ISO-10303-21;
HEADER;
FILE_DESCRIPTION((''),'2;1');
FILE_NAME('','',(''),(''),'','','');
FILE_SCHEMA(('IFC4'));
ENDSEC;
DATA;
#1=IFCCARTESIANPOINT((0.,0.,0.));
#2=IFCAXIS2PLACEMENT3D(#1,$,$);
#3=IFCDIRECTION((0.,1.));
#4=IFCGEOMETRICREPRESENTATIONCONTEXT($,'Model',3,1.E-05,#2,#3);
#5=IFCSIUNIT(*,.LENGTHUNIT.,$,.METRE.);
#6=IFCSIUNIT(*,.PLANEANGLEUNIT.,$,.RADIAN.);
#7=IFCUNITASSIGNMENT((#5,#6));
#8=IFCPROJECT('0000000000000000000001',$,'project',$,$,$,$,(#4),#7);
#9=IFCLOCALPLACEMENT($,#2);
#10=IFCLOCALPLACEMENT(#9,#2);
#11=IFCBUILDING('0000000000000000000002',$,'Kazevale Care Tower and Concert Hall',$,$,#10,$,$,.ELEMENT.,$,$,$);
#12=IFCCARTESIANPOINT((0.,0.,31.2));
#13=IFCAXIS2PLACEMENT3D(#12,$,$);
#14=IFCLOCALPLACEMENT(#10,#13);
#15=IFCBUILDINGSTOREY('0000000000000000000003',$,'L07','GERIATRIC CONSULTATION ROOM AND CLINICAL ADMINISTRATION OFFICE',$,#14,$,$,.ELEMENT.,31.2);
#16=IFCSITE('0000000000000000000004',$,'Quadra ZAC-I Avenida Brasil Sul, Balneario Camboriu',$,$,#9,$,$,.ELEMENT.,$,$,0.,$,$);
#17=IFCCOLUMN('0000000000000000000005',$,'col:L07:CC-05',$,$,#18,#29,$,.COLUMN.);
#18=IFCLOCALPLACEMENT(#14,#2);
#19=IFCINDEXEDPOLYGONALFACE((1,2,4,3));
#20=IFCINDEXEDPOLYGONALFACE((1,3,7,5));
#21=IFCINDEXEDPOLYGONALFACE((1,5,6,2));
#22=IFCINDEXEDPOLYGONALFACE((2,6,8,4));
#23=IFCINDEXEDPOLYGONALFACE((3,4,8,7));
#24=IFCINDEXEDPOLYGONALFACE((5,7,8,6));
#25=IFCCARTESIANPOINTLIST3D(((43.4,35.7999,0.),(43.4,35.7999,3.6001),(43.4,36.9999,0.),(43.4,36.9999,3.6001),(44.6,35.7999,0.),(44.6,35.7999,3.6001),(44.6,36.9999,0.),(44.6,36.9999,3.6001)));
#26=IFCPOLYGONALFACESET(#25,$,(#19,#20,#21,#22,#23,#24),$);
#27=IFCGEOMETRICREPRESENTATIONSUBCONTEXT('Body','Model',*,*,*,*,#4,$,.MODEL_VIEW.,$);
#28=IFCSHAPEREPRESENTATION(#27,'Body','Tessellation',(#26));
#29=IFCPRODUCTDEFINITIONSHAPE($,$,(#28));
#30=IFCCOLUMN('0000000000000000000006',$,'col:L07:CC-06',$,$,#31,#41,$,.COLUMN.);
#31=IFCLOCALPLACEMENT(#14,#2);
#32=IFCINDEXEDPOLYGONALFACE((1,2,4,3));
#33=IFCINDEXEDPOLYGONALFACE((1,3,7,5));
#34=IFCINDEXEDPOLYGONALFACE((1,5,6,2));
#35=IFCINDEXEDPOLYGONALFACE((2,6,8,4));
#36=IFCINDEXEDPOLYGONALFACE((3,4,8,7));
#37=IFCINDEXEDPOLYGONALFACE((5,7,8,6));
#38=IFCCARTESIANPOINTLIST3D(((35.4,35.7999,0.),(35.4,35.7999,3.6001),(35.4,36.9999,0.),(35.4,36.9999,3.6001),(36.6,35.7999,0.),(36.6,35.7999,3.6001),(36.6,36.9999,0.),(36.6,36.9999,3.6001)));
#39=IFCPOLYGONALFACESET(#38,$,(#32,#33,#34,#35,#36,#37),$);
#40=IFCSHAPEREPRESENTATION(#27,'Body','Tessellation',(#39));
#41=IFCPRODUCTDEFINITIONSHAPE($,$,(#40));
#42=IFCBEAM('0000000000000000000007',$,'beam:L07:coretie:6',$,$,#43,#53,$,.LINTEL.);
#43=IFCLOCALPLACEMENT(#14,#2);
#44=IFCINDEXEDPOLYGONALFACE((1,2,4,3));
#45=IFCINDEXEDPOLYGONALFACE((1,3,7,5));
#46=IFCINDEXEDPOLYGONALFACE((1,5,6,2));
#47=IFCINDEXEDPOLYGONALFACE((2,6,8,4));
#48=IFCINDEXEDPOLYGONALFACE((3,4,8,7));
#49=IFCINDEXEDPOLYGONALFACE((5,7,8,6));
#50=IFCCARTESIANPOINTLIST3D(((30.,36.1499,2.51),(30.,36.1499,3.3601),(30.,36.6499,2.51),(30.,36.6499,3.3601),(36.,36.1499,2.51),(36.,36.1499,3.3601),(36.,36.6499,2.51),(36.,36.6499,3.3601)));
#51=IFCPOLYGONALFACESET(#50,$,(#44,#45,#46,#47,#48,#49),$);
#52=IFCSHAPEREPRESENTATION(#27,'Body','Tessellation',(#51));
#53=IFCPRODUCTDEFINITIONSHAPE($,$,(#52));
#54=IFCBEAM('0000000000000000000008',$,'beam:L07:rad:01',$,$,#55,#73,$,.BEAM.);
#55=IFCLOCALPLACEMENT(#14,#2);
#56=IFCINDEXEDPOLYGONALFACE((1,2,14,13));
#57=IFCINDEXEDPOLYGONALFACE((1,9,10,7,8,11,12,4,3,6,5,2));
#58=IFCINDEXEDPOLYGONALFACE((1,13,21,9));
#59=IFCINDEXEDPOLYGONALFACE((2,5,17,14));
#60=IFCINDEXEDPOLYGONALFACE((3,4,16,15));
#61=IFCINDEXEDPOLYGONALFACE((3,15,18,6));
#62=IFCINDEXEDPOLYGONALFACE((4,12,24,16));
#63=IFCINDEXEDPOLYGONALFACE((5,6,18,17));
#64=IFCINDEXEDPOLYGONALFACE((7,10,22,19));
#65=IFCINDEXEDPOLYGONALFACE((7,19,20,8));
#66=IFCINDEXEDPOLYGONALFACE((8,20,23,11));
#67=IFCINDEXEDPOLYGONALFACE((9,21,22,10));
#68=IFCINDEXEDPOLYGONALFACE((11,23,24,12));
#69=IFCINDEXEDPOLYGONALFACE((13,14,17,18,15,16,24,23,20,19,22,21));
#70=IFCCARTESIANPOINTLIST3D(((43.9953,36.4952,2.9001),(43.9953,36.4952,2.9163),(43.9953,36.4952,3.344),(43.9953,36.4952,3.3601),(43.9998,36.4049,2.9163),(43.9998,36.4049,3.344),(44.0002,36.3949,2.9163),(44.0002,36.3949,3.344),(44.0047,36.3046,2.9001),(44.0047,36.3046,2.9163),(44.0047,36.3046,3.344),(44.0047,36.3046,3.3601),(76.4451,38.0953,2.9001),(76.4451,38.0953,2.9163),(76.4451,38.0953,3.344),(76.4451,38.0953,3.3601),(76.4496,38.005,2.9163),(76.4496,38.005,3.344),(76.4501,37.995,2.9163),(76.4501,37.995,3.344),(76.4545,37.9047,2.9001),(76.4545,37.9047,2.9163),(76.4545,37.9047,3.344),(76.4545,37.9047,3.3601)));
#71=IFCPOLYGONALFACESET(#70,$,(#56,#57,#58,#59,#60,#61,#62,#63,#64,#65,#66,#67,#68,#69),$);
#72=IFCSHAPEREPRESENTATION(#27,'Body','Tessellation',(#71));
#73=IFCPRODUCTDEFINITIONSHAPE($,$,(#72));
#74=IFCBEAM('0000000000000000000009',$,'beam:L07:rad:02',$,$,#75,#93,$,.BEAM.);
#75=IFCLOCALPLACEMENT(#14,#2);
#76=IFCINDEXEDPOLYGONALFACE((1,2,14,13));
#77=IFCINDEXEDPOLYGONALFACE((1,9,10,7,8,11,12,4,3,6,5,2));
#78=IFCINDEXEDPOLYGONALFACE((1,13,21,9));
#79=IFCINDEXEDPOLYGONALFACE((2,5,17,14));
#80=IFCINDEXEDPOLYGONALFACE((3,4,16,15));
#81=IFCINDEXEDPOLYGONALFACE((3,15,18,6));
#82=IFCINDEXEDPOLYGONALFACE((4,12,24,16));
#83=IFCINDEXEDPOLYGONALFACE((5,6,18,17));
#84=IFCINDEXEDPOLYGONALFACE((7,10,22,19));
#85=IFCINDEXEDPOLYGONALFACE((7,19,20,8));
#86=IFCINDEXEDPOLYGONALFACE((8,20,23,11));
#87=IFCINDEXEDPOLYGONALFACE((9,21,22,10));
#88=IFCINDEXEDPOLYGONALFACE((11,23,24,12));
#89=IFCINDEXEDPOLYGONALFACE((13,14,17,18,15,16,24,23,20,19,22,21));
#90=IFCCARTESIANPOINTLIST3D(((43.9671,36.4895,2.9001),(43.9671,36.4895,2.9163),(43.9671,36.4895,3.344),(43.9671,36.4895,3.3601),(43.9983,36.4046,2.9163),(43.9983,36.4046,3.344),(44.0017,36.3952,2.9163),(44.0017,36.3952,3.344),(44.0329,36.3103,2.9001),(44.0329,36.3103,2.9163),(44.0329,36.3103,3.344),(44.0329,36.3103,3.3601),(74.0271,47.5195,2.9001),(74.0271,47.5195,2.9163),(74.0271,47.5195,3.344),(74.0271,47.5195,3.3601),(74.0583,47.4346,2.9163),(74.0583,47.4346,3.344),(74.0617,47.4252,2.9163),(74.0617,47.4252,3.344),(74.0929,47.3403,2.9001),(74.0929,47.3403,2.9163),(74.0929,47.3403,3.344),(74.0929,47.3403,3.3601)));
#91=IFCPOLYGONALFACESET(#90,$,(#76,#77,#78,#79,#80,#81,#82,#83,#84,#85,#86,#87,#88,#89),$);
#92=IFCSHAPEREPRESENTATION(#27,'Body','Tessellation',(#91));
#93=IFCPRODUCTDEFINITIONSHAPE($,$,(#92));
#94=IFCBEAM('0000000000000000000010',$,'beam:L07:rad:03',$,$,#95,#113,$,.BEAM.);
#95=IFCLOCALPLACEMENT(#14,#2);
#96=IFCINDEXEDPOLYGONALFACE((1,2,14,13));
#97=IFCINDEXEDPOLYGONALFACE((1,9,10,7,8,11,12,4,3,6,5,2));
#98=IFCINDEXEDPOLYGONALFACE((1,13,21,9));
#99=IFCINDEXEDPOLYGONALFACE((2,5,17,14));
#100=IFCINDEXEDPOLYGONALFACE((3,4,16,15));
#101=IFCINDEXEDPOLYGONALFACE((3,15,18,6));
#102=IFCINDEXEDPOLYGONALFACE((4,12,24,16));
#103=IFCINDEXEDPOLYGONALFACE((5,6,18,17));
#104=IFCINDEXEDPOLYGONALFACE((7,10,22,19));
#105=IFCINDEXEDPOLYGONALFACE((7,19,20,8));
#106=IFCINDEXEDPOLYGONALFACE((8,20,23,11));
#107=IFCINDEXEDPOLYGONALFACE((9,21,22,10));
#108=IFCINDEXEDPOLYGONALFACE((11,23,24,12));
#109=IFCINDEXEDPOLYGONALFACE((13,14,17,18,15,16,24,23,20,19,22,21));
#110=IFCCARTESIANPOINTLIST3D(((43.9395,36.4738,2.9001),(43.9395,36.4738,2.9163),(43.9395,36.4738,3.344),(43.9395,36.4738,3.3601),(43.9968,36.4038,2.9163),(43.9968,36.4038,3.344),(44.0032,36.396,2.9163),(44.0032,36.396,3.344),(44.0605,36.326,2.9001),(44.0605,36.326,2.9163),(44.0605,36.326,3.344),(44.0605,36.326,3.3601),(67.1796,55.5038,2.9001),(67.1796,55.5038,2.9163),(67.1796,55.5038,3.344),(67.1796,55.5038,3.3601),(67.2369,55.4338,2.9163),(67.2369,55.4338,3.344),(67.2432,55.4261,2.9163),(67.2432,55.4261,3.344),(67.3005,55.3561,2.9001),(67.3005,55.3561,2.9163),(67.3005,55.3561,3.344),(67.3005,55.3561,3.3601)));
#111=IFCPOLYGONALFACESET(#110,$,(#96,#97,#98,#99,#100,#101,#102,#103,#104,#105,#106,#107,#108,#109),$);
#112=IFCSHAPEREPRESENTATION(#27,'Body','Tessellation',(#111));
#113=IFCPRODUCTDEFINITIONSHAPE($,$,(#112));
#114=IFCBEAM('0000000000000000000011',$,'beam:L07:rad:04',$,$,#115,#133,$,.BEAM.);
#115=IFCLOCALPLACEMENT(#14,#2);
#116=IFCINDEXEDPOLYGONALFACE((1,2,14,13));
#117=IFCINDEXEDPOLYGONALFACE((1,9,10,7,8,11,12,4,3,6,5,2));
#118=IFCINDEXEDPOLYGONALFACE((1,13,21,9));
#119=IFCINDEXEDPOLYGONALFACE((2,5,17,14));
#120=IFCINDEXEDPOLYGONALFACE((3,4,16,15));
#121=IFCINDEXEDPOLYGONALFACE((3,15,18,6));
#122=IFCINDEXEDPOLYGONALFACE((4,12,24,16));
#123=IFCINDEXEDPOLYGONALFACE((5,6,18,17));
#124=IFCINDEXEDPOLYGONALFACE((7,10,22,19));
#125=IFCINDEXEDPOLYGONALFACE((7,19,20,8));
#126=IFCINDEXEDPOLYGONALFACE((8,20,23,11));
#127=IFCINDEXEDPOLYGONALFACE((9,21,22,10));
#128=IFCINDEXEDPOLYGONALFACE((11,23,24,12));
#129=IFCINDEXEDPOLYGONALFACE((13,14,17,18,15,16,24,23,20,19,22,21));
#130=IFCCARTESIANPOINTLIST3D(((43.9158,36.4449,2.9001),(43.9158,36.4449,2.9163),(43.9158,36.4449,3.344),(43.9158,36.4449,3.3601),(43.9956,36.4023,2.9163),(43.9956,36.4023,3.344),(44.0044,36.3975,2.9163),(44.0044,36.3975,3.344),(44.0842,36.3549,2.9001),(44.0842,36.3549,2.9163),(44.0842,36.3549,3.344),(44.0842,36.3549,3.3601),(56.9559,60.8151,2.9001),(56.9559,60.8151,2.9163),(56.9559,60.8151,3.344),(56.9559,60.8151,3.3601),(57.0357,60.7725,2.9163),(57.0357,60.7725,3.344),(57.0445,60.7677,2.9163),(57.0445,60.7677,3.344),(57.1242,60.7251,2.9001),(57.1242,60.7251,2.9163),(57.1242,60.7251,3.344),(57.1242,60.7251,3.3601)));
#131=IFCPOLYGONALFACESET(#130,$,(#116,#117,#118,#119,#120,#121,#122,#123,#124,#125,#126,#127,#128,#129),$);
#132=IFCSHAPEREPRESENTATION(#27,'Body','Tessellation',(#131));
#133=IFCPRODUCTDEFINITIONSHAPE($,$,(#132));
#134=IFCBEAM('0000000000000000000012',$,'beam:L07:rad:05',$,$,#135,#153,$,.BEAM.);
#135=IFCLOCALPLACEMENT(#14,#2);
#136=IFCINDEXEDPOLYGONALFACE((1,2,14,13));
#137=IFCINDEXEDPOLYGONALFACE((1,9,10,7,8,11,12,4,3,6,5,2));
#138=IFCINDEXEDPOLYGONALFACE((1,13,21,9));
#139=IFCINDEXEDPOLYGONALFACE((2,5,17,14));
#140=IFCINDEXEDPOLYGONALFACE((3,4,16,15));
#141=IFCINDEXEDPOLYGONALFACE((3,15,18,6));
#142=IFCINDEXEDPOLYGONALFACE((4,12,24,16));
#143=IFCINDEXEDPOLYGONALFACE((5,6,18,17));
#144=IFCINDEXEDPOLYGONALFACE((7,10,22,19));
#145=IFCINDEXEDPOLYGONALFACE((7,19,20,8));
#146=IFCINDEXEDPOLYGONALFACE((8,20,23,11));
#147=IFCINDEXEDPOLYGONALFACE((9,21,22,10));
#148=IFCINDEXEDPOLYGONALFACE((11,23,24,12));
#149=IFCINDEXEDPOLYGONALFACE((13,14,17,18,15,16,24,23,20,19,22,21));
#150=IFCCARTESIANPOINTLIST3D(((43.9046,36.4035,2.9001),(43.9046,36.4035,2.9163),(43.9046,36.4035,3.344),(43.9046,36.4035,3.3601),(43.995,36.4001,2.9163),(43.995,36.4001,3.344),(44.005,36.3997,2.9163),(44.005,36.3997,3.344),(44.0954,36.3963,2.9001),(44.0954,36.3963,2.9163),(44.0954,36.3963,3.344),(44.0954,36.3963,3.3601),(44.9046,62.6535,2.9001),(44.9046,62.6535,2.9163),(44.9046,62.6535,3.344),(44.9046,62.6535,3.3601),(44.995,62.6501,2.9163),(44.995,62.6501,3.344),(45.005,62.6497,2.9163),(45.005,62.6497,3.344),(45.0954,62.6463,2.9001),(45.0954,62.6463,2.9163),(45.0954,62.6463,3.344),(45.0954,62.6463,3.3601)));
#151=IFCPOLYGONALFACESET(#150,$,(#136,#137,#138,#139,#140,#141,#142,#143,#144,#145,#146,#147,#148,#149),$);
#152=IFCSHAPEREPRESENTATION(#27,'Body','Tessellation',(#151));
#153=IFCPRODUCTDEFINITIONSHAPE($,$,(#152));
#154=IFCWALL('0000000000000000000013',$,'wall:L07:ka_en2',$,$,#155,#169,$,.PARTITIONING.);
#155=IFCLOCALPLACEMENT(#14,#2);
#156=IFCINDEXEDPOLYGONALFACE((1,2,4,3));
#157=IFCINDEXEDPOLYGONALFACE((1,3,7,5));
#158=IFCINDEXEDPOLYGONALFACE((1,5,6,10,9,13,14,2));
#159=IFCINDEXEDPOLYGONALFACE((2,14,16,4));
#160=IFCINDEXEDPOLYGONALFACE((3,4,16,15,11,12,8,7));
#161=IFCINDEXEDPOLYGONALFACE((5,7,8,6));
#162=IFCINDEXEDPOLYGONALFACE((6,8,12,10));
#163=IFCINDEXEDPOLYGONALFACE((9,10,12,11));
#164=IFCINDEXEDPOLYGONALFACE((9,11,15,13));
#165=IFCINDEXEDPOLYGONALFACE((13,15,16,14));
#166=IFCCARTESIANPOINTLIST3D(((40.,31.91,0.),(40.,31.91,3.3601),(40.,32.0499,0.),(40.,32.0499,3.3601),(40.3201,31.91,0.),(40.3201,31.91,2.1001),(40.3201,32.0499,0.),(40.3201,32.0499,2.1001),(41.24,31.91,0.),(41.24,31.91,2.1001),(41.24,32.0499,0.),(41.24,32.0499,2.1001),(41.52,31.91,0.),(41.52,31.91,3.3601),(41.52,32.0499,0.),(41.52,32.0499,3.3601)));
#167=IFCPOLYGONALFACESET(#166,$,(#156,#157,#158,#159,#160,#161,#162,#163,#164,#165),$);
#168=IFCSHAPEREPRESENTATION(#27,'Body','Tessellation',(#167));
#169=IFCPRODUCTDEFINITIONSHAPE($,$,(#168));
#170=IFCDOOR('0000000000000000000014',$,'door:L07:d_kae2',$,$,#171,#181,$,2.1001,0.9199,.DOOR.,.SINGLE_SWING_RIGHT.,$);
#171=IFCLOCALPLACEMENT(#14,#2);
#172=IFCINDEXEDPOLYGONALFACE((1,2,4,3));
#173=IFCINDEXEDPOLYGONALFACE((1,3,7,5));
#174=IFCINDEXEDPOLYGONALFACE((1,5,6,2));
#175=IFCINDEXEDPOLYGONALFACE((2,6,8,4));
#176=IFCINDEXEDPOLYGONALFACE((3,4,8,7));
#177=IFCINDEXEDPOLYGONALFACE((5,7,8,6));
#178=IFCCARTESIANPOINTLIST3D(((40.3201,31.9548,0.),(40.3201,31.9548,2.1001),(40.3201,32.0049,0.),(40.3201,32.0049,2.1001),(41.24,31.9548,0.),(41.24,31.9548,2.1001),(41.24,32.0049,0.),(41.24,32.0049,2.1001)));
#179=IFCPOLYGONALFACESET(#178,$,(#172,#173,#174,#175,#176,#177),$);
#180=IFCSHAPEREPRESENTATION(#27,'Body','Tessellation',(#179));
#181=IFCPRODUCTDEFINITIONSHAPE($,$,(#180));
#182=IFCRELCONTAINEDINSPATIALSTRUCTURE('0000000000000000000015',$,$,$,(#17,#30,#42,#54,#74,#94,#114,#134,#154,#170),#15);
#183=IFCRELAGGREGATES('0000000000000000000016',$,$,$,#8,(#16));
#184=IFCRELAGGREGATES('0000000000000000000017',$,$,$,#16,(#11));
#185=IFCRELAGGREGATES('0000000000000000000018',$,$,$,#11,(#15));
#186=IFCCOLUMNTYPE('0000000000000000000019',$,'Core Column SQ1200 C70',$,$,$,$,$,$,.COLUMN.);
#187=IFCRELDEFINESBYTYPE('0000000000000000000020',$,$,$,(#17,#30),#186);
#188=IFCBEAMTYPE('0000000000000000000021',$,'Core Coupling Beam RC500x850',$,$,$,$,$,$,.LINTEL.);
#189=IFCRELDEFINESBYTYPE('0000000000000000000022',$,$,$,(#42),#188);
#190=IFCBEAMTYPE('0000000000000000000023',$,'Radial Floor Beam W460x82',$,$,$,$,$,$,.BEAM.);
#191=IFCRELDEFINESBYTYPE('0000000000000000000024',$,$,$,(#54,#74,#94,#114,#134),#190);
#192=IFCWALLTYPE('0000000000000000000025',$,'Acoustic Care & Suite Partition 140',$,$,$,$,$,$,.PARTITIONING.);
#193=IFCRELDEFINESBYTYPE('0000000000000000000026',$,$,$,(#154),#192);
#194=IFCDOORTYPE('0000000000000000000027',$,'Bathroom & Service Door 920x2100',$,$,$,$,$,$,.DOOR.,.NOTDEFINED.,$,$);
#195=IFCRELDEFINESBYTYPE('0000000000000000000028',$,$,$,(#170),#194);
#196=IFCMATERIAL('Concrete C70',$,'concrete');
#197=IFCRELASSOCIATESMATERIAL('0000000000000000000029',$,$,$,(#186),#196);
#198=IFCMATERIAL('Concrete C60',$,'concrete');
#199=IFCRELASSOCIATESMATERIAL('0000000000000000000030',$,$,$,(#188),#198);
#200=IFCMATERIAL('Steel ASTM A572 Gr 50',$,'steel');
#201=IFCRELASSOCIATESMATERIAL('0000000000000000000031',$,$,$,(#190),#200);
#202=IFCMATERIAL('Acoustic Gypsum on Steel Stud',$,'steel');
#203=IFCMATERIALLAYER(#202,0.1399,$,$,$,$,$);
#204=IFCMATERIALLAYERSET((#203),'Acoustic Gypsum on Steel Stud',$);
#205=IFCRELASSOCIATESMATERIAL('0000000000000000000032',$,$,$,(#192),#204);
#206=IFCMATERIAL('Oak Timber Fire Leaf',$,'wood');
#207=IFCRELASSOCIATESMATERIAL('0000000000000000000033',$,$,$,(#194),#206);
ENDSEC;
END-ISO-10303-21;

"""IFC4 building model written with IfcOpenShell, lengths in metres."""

from ifc_helpers import new_model, si_unit, direction, frame, frame_2d, origin, origin_2d, place, context, subcontext, project, spatial, rectangle, i_section, extrude, material, layer, layer_set, material_profile, profile_set, type_object, element, fill, save


model = new_model("IFC4")

# Units and contexts
model_context = context("Model", 3, precision=1e-05, world=origin(), true_north=direction((0.0, 1.0)))
body_context = subcontext(model_context, "Body", "Model", "MODEL_VIEW")
ifc_project = project(units=[si_unit("LENGTHUNIT", "METRE"), si_unit("PLANEANGLEUNIT", "RADIAN")], contexts=[model_context])

# Site, building, storey
site_placement = place(None, origin())
site = spatial("IfcSite", under=ifc_project, at=site_placement, Name="Quadra ZAC-I Avenida Brasil Sul, Balneario Camboriu", CompositionType="ELEMENT", RefElevation=0.0)
building_placement = place(site_placement, origin())
building = spatial("IfcBuilding", under=site, at=building_placement, Name="Kazevale Care Tower and Concert Hall", CompositionType="ELEMENT")
storey_placement = place(building_placement, frame((0.0, 0.0, 31.2)))
storey = spatial("IfcBuildingStorey", under=building, at=storey_placement, Name="L07", Description="GERIATRIC CONSULTATION ROOM AND CLINICAL ADMINISTRATION OFFICE", CompositionType="ELEMENT", Elevation=31.2)

# Columns
ifc_material_1 = material(Name="Concrete C70", Category="concrete")
ifc_material_profile_1 = material_profile(ifc_material_1, rectangle(XDim=1.2, YDim=1.2, at=origin_2d()), Name="RC-SQ1200")
ifc_profile_set_1 = profile_set([ifc_material_profile_1], Name="Concrete C70")
column_type = type_object("IfcColumnType", Name="Core Column SQ1200 C70", PredefinedType="COLUMN", material=ifc_profile_set_1)
for number, where, z_axis, x_axis, name in (
    (1, (44.0, 36.3999, 0.0), (0.0, 0.0, 1.0), (1.0, 0.0, 0.0), "col:L07:CC-05"),
    (2, (36.0, 36.3999, 0.0), (0.0, 0.0, 1.0), (1.0, 0.0, 0.0), "col:L07:CC-06"),
):
    element("IfcColumn", number, at=place(storey_placement, frame(where, z_axis=z_axis, x_axis=x_axis)), inside=storey, type_object=column_type, Name=name, PredefinedType="COLUMN", context=body_context, shape_type="SweptSolid", body=[
        extrude(rectangle(XDim=1.2, YDim=1.2, at=origin_2d()), origin(), (0.0, 0.0, 1.0), 3.6001),
    ])

# Beams
ifc_material_2 = material(Name="Concrete C60", Category="concrete")
ifc_material_profile_2 = material_profile(ifc_material_2, rectangle(XDim=0.5, YDim=0.8501, at=origin_2d()), Name="RC-B500x850")
ifc_profile_set_2 = profile_set([ifc_material_profile_2], Name="Concrete C60")
beam_type_1 = type_object("IfcBeamType", Name="Core Coupling Beam RC500x850", PredefinedType="LINTEL", material=ifc_profile_set_2)
beam_1_placement = place(storey_placement, frame((36.0, 36.3999, 2.9351), z_axis=(-1.0, 0.0, 0.0), x_axis=(0.0, -1.0, 0.0)))
element("IfcBeam", 3, at=beam_1_placement, inside=storey, type_object=beam_type_1, Name="beam:L07:coretie:6", PredefinedType="LINTEL", context=body_context, shape_type="SweptSolid", body=[
    extrude(rectangle(XDim=0.5, YDim=0.8501, at=origin_2d()), origin(), (0.0, 0.0, 1.0), 6.0),
])
ifc_material_3 = material(Name="Steel ASTM A572 Gr 50", Category="steel")
ifc_material_profile_3 = material_profile(ifc_material_3, i_section(OverallWidth=0.1909, OverallDepth=0.46, WebThickness=0.01, FlangeThickness=0.0161, at=origin_2d()), Name="W460x82")
ifc_profile_set_3 = profile_set([ifc_material_profile_3], Name="Steel ASTM A572 Gr 50")
beam_type_2 = type_object("IfcBeamType", Name="Radial Floor Beam W460x82", PredefinedType="BEAM", material=ifc_profile_set_3)
beam_2_placement = place(storey_placement, frame((44.0, 36.3999, 3.1301), z_axis=(0.998786, 0.04925, 0.0), x_axis=(-0.04925, 0.998786, 0.0)))
element("IfcBeam", 4, at=beam_2_placement, inside=storey, type_object=beam_type_2, Name="beam:L07:rad:01", PredefinedType="BEAM", context=body_context, shape_type="SweptSolid", body=[
    extrude(i_section(OverallWidth=0.1909, OverallDepth=0.46, WebThickness=0.01, FlangeThickness=0.0161, at=origin_2d()), origin(), (0.0, 0.0, 1.0), 32.4893),
])
beam_3_placement = place(storey_placement, frame((44.0, 36.3999, 3.1301), z_axis=(0.938795, 0.344475, 0.0), x_axis=(-0.344475, 0.938795, 0.0)))
element("IfcBeam", 5, at=beam_3_placement, inside=storey, type_object=beam_type_2, Name="beam:L07:rad:02", PredefinedType="BEAM", context=body_context, shape_type="SweptSolid", body=[
    extrude(i_section(OverallWidth=0.1909, OverallDepth=0.46, WebThickness=0.01, FlangeThickness=0.0161, at=origin_2d()), origin(), (0.0, 0.0, 1.0), 32.0198),
])
beam_4_placement = place(storey_placement, frame((44.0, 36.3999, 3.1301), z_axis=(0.773704, 0.633547, 0.0), x_axis=(-0.633547, 0.773704, 0.0)))
element("IfcBeam", 6, at=beam_4_placement, inside=storey, type_object=beam_type_2, Name="beam:L07:rad:03", PredefinedType="BEAM", context=body_context, shape_type="SweptSolid", body=[
    extrude(i_section(OverallWidth=0.1909, OverallDepth=0.46, WebThickness=0.01, FlangeThickness=0.0161, at=origin_2d()), origin(), (0.0, 0.0, 1.0), 30.0374),
])
beam_5_placement = place(storey_placement, frame((44.0, 36.3999, 3.1301), z_axis=(0.471789, 0.881712, 0.0), x_axis=(-0.881712, 0.471789, 0.0)))
element("IfcBeam", 7, at=beam_5_placement, inside=storey, type_object=beam_type_2, Name="beam:L07:rad:04", PredefinedType="BEAM", context=body_context, shape_type="SweptSolid", body=[
    extrude(i_section(OverallWidth=0.1909, OverallDepth=0.46, WebThickness=0.01, FlangeThickness=0.0161, at=origin_2d()), origin(), (0.0, 0.0, 1.0), 27.6396),
])
beam_6_placement = place(storey_placement, frame((44.0, 36.3999, 3.1301), z_axis=(0.038068, 0.999275, 0.0), x_axis=(-0.999275, 0.038068, 0.0)))
element("IfcBeam", 8, at=beam_6_placement, inside=storey, type_object=beam_type_2, Name="beam:L07:rad:05", PredefinedType="BEAM", context=body_context, shape_type="SweptSolid", body=[
    extrude(i_section(OverallWidth=0.1909, OverallDepth=0.46, WebThickness=0.01, FlangeThickness=0.0161, at=origin_2d()), origin(), (0.0, 0.0, 1.0), 26.269),
])

# Wall, opening, door
ifc_material_4 = material(Name="Acoustic Gypsum on Steel Stud", Category="steel")
ifc_layer_1 = layer(ifc_material_4, 0.1399)
ifc_layer_set_1 = layer_set([ifc_layer_1], Name="Acoustic Gypsum on Steel Stud")
wall_type_1 = type_object("IfcWallType", Name="Acoustic Care & Suite Partition 140", PredefinedType="PARTITIONING", material=ifc_layer_set_1)
wall_1_placement = place(storey_placement, frame((40.0, 31.98, 0.0), z_axis=(0.0, 0.0, 1.0), x_axis=(1.0, 0.0, 0.0)))
wall_1 = element("IfcWall", 9, at=wall_1_placement, inside=storey, type_object=wall_type_1, Name="wall:L07:ka_en2", PredefinedType="PARTITIONING", context=body_context, shape_type="SweptSolid", body=[
    extrude(rectangle(XDim=1.52, YDim=0.1399, at=frame_2d((0.76, 0.0))), origin(), (0.0, 0.0, 1.0), 3.3601),
])
opening_1_placement = place(wall_1_placement, frame((0.3201, 0.0, 0.0)))
opening_1 = element("IfcOpeningElement", 10, at=opening_1_placement, cuts=wall_1, PredefinedType="OPENING", context=body_context, shape_type="SweptSolid", body=[
    extrude(rectangle(XDim=0.9199, YDim=2.1001, at=frame_2d((0.46, 1.05))), frame((0.0, 0.0798, 0.0), z_axis=(0.0, -1.0, 0.0), x_axis=(1.0, 0.0, 0.0)), (0.0, 0.0, 1.0), 0.1599),
])
ifc_material_5 = material(Name="Oak Timber Fire Leaf", Category="wood")
door_type_1 = type_object("IfcDoorType", Name="Bathroom & Service Door 920x2100", OperationType="NOTDEFINED", PredefinedType="DOOR", material=ifc_material_5)
door_1_placement = place(opening_1_placement, origin())
door_1 = element("IfcDoor", 11, at=door_1_placement, inside=storey, type_object=door_type_1, Name="door:L07:d_kae2", OperationType="SINGLE_SWING_RIGHT", OverallHeight=2.1001, OverallWidth=0.9199, PredefinedType="DOOR", context=body_context, shape_type="SweptSolid", body=[
    extrude(rectangle(XDim=0.9199, YDim=2.1001, at=frame_2d((0.46, 1.05))), frame((0.0, 0.0249, 0.0), z_axis=(0.0, -1.0, 0.0), x_axis=(1.0, 0.0, 0.0)), (0.0, 0.0, 1.0), 0.05),
])
fill(opening_1, door_1)

save(model, "model.ifc")
